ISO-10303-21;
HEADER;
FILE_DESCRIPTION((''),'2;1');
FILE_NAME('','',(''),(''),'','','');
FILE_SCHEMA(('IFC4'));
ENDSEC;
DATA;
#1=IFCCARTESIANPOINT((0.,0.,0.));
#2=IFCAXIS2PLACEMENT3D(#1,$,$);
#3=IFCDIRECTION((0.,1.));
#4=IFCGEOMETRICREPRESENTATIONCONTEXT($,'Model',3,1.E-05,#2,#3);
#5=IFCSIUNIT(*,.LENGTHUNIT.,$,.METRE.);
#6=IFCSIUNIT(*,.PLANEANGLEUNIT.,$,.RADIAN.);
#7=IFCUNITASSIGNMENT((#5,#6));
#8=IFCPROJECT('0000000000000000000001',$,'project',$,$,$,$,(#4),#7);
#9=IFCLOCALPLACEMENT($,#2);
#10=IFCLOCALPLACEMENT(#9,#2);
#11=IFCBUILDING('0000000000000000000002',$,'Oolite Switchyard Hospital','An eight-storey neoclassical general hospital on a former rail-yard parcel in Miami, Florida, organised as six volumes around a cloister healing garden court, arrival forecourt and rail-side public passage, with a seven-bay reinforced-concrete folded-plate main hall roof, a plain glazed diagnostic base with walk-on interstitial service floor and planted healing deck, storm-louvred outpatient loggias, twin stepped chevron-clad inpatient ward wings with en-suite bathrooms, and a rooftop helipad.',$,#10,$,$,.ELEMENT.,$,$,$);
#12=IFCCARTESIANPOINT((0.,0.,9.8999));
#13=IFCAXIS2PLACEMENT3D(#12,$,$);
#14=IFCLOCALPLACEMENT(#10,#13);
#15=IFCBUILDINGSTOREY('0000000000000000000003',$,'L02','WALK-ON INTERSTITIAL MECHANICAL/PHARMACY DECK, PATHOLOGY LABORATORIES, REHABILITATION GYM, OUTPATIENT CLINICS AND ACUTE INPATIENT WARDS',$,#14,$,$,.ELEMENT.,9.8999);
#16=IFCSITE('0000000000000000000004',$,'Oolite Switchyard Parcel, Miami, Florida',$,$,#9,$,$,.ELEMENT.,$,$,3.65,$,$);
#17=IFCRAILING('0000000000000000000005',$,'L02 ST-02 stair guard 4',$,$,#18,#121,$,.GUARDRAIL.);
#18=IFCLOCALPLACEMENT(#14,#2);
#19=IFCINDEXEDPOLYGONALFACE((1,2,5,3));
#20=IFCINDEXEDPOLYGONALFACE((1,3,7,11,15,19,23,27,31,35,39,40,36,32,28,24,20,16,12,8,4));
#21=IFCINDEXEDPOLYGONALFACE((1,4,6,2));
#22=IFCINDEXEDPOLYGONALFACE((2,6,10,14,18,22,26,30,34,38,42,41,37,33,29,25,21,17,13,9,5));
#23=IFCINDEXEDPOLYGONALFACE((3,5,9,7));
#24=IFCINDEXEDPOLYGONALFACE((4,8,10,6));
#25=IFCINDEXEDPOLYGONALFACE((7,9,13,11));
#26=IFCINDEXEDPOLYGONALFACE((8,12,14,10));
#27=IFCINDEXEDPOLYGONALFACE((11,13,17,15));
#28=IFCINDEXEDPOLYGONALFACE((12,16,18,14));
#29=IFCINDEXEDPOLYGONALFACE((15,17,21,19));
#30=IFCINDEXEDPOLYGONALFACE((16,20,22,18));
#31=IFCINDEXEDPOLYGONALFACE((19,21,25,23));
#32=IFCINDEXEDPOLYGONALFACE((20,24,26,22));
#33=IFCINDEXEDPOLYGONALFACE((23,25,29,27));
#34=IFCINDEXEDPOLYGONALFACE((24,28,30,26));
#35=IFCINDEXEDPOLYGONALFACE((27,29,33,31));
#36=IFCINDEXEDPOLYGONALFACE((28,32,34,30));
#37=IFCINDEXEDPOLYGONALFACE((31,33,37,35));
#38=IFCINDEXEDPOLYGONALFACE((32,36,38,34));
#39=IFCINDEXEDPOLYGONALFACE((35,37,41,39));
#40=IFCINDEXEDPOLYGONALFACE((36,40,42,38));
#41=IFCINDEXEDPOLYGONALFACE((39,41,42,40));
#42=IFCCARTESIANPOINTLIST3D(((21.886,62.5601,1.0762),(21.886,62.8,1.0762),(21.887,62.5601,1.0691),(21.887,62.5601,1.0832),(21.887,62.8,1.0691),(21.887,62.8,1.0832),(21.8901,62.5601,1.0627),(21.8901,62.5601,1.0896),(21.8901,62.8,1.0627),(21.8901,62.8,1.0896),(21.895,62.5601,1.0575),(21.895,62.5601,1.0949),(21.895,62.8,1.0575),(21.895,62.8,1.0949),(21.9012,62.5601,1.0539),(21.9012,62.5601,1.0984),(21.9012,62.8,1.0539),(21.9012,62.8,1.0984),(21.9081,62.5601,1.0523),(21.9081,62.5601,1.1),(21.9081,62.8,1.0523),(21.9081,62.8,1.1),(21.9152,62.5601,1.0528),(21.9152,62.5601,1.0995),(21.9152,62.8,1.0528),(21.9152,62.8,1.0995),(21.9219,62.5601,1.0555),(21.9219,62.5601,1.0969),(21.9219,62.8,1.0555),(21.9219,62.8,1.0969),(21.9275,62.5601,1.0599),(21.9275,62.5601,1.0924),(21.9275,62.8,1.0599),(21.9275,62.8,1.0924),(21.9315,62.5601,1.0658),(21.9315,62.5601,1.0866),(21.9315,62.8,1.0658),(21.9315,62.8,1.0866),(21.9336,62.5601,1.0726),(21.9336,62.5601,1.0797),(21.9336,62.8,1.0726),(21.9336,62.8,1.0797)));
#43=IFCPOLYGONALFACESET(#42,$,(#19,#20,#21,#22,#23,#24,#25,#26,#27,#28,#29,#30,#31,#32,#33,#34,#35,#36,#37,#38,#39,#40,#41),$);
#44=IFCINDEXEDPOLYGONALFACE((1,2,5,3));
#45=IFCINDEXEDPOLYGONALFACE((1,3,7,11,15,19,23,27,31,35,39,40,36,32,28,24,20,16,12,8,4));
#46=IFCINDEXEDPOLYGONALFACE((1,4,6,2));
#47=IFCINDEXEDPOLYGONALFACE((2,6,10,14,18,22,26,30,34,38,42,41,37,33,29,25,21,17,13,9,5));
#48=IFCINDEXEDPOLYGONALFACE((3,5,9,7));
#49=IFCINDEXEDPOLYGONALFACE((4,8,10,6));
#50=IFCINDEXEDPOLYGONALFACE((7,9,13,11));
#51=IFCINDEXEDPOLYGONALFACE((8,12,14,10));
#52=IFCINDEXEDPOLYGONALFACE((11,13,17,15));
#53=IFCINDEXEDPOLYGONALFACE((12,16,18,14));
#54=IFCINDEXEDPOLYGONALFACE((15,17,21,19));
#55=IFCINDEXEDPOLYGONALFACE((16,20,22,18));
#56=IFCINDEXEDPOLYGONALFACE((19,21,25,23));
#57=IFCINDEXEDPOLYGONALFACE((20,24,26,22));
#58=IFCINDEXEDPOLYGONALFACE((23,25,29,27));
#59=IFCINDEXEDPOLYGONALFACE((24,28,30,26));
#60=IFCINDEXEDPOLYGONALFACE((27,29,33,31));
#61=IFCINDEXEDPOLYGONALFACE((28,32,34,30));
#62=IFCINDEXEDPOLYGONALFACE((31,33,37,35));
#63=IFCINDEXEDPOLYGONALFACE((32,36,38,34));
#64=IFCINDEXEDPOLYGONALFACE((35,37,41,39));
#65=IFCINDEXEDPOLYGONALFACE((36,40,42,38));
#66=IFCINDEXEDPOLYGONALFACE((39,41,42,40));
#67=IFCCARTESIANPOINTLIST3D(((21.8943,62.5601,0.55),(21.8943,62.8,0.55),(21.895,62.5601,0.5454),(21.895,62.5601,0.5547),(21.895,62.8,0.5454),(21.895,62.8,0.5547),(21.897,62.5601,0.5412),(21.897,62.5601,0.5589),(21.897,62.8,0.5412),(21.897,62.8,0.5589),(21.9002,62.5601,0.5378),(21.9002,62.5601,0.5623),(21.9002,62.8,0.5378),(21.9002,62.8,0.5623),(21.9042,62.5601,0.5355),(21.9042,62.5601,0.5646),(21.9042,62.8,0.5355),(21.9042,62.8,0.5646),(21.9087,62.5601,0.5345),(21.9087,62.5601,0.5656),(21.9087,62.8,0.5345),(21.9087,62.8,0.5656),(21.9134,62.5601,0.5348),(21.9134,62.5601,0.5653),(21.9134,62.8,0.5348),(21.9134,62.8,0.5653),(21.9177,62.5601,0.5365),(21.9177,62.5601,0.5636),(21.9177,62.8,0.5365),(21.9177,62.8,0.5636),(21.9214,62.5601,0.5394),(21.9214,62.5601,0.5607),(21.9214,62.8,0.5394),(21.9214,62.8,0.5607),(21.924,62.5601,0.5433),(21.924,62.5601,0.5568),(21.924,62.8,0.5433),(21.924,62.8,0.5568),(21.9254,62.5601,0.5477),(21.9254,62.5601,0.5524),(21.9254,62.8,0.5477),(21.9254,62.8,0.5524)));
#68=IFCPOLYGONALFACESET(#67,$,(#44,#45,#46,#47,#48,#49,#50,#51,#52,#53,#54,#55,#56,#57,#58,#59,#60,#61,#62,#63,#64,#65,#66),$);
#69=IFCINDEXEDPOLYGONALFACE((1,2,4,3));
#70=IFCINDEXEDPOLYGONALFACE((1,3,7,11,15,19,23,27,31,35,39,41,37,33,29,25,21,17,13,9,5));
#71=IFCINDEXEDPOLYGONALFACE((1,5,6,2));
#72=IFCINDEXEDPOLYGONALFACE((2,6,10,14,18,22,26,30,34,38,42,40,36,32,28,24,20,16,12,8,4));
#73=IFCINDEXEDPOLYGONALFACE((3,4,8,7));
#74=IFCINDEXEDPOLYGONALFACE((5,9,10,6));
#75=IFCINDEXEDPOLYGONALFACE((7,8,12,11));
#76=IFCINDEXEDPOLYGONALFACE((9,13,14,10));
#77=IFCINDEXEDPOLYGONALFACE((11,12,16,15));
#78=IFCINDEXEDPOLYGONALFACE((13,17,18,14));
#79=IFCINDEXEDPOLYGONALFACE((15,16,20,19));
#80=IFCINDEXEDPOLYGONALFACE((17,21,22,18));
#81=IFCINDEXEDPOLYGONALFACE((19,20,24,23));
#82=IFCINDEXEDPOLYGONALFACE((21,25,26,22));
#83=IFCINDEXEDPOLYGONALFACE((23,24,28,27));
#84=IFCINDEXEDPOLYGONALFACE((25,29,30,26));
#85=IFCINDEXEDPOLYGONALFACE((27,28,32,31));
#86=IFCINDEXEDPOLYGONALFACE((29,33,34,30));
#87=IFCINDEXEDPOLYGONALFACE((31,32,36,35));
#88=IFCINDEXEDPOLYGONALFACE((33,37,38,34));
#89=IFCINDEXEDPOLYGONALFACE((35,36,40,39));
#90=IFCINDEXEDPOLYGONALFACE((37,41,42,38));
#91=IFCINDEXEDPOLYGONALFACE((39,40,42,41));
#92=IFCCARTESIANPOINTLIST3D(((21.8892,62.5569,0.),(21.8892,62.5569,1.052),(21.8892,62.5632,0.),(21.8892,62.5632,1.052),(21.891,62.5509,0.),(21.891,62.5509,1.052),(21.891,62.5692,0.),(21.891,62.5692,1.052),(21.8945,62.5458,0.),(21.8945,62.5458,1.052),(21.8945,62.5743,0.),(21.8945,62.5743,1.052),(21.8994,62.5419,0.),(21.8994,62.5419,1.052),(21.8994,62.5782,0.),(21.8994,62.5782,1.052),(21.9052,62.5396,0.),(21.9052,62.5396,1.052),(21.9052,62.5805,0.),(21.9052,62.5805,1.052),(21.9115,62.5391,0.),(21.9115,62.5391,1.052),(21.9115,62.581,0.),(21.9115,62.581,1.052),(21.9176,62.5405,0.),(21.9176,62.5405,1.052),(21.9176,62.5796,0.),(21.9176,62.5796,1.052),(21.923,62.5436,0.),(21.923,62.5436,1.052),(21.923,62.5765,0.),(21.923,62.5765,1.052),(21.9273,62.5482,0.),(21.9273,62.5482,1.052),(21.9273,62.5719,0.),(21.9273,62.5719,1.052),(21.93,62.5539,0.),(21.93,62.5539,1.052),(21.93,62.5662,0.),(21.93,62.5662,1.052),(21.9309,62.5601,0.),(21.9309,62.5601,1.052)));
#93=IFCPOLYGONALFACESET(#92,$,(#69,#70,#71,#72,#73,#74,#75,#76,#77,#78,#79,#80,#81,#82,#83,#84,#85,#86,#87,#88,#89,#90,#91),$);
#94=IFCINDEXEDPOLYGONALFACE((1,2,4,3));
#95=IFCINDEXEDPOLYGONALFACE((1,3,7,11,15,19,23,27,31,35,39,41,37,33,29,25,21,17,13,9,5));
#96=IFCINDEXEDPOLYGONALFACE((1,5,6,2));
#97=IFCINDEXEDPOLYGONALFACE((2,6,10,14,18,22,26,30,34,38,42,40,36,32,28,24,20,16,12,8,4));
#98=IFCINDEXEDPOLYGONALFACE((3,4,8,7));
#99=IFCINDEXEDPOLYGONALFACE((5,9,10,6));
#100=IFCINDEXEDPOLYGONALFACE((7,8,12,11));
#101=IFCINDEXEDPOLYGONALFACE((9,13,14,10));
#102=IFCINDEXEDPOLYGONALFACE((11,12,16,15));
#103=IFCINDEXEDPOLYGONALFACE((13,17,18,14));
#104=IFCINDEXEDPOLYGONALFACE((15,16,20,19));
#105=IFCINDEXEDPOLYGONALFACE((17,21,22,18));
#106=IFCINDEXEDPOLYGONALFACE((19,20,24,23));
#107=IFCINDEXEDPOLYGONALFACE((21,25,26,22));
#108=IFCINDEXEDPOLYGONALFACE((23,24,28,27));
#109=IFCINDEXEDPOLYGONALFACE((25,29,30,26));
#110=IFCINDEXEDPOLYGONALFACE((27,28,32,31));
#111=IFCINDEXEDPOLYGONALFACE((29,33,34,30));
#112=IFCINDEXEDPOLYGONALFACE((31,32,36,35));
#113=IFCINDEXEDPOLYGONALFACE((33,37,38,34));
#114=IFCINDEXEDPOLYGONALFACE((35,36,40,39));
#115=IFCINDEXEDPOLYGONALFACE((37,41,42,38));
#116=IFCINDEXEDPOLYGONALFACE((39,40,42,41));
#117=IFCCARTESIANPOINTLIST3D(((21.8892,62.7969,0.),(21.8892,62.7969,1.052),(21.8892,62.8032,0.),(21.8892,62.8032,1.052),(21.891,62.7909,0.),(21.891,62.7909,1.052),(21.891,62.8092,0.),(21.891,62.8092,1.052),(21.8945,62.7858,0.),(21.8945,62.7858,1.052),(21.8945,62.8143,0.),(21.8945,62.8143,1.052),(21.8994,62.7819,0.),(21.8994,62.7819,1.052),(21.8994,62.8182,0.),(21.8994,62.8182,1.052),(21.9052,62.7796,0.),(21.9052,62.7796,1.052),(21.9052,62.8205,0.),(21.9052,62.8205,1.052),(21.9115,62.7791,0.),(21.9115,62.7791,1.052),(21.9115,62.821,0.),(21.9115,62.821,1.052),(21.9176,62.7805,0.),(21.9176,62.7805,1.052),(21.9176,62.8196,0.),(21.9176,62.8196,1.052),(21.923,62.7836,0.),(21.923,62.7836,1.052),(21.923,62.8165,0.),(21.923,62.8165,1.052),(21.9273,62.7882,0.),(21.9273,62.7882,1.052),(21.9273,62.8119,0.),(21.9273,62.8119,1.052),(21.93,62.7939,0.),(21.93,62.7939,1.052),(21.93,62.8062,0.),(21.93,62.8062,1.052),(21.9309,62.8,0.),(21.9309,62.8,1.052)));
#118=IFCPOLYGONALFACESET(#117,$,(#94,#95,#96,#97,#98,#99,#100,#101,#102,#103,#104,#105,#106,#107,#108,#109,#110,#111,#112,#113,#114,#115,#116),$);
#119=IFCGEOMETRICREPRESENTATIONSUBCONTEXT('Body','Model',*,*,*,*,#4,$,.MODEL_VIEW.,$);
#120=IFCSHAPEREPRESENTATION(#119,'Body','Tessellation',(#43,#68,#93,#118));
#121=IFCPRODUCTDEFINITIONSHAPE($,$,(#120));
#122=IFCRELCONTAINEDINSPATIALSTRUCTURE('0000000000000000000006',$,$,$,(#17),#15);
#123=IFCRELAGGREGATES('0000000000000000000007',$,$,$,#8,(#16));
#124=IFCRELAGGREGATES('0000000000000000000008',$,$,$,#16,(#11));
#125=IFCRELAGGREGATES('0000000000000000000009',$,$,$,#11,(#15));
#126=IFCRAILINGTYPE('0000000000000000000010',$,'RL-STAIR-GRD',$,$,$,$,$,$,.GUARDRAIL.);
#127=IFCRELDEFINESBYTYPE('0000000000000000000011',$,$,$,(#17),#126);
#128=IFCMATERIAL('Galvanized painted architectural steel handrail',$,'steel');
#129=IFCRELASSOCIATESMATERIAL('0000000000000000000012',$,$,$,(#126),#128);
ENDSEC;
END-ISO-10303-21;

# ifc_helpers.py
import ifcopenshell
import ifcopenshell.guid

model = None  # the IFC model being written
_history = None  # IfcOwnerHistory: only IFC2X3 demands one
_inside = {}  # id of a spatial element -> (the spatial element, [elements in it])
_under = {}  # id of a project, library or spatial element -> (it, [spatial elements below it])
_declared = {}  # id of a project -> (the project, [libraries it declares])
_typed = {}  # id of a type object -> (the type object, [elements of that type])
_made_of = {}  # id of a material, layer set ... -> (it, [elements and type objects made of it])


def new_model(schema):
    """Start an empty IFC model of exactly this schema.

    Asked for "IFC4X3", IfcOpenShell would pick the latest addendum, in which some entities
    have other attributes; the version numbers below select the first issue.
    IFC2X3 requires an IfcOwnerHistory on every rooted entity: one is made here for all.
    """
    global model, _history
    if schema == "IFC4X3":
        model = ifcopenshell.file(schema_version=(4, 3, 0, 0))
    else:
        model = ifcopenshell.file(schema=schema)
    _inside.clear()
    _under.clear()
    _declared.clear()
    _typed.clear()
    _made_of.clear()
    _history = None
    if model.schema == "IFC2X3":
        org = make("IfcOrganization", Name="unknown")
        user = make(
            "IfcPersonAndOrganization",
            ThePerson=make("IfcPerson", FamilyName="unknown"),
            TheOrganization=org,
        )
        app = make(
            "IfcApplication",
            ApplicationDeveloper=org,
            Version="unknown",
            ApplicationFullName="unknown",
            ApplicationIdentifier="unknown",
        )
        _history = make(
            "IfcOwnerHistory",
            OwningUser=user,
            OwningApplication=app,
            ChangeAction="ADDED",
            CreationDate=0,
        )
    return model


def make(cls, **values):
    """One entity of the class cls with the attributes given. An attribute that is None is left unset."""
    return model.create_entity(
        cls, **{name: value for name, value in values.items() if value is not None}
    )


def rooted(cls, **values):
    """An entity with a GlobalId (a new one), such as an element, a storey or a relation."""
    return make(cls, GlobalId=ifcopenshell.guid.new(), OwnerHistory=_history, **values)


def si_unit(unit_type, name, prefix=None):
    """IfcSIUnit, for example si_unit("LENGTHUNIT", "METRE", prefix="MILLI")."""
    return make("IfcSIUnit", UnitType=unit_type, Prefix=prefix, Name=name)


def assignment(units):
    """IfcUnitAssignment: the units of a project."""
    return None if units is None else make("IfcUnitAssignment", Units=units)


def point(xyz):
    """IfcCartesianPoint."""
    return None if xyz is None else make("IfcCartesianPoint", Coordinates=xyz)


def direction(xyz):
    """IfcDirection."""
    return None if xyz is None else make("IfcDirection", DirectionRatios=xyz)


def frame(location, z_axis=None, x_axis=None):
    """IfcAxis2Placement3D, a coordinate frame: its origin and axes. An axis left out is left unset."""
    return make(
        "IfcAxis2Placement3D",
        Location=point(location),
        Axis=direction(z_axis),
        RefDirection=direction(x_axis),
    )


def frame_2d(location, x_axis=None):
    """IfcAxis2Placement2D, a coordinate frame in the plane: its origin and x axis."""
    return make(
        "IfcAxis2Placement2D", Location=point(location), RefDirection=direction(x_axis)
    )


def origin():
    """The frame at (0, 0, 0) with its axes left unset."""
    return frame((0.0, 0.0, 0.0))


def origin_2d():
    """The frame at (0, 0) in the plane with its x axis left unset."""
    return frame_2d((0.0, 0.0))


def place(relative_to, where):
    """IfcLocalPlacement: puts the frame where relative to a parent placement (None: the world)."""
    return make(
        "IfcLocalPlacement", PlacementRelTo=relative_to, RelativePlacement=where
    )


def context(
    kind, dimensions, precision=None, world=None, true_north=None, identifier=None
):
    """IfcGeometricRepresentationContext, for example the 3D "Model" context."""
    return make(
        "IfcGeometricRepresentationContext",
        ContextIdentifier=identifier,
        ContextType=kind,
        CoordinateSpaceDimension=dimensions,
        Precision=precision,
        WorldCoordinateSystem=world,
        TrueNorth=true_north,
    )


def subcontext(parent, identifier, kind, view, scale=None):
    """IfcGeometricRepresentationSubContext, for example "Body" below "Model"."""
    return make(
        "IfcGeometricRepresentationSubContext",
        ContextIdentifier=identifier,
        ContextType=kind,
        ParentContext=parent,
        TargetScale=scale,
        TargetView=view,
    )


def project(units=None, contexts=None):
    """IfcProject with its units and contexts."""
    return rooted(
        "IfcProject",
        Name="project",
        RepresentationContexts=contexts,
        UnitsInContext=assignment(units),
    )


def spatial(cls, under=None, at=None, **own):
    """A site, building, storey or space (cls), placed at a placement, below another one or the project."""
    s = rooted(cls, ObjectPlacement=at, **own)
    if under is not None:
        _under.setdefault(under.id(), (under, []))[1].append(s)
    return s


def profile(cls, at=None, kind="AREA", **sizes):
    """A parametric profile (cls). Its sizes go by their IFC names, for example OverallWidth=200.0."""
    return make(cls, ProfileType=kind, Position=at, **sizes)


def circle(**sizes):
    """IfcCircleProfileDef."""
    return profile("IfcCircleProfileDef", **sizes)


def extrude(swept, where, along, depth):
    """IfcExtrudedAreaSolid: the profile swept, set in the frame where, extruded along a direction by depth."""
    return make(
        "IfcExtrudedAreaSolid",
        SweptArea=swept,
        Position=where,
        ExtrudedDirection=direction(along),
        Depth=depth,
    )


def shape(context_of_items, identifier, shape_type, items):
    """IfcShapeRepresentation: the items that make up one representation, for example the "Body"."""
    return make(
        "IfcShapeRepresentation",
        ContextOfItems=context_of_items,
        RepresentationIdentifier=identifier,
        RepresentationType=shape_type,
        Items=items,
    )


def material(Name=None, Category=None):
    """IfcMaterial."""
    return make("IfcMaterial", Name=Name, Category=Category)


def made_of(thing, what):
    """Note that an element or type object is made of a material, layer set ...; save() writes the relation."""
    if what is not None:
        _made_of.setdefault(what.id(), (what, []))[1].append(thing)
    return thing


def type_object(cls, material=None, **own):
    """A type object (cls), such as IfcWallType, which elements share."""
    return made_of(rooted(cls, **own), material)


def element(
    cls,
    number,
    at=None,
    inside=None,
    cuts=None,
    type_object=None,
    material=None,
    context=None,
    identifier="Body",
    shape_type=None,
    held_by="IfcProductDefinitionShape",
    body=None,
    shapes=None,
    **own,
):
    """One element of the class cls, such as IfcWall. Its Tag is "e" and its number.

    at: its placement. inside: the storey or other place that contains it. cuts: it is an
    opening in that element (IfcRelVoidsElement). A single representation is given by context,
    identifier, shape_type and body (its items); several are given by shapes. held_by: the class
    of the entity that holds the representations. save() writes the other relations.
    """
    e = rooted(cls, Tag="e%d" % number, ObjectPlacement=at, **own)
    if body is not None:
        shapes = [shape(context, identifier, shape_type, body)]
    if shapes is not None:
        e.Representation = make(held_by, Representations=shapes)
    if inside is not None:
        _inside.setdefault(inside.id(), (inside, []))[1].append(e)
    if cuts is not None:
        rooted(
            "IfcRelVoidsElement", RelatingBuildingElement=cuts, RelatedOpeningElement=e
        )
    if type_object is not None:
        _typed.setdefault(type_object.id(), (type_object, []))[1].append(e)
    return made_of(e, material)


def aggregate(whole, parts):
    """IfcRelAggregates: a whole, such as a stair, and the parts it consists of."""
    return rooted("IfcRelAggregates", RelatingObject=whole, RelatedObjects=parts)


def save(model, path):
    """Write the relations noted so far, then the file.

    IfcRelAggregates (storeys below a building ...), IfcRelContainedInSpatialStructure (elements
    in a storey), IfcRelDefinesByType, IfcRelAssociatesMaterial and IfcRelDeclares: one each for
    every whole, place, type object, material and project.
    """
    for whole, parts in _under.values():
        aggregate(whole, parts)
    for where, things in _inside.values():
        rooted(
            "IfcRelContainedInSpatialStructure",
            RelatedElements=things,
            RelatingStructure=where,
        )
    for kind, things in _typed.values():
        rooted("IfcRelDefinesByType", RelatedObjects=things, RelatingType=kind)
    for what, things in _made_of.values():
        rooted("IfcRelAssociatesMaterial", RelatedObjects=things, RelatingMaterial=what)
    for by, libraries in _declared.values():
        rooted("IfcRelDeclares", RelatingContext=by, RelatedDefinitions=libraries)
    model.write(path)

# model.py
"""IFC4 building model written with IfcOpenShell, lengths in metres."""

from ifc_helpers import new_model, si_unit, direction, frame, origin, origin_2d, place, context, subcontext, project, spatial, circle, extrude, material, type_object, element, save


model = new_model("IFC4")

# Units and contexts
model_context = context("Model", 3, precision=1e-05, world=origin(), true_north=direction((0.0, 1.0)))
body_context = subcontext(model_context, "Body", "Model", "MODEL_VIEW")
ifc_project = project(units=[si_unit("LENGTHUNIT", "METRE"), si_unit("PLANEANGLEUNIT", "RADIAN")], contexts=[model_context])

# Site, building, storey
site_placement = place(None, origin())
site = spatial("IfcSite", under=ifc_project, at=site_placement, Name="Oolite Switchyard Parcel, Miami, Florida", CompositionType="ELEMENT", RefElevation=3.65)
building_placement = place(site_placement, origin())
building = spatial("IfcBuilding", under=site, at=building_placement, Name="Oolite Switchyard Hospital", Description="An eight-storey neoclassical general hospital on a former rail-yard parcel in Miami, Florida, organised as six volumes around a cloister healing garden court, arrival forecourt and rail-side public passage, with a seven-bay reinforced-concrete folded-plate main hall roof, a plain glazed diagnostic base with walk-on interstitial service floor and planted healing deck, storm-louvred outpatient loggias, twin stepped chevron-clad inpatient ward wings with en-suite bathrooms, and a rooftop helipad.", CompositionType="ELEMENT")
storey_placement = place(building_placement, frame((0.0, 0.0, 9.8999)))
storey = spatial("IfcBuildingStorey", under=building, at=storey_placement, Name="L02", Description="WALK-ON INTERSTITIAL MECHANICAL/PHARMACY DECK, PATHOLOGY LABORATORIES, REHABILITATION GYM, OUTPATIENT CLINICS AND ACUTE INPATIENT WARDS", CompositionType="ELEMENT", Elevation=9.8999)

# Railing
ifc_material_1 = material(Name="Galvanized painted architectural steel handrail", Category="steel")
railing_type_1 = type_object("IfcRailingType", Name="RL-STAIR-GRD", PredefinedType="GUARDRAIL", material=ifc_material_1)
railing_1_placement = place(storey_placement, frame((21.9099, 62.5601, 0.0)))
element("IfcRailing", 1, at=railing_1_placement, inside=storey, type_object=railing_type_1, Name="L02 ST-02 stair guard 4", PredefinedType="GUARDRAIL", context=body_context, shape_type="SweptSolid", body=[
    extrude(circle(Radius=0.0239, at=origin_2d()), frame((0.0, 0.0, 1.0762), z_axis=(0.0, 1.0, 0.0), x_axis=(-1.0, 0.0, 0.0)), (0.0, 0.0, 1.0), 0.24),
    extrude(circle(Radius=0.0156, at=origin_2d()), frame((0.0, 0.0, 0.55), z_axis=(0.0, 1.0, 0.0), x_axis=(-1.0, 0.0, 0.0)), (0.0, 0.0, 1.0), 0.24),
    extrude(circle(Radius=0.021, at=origin_2d()), origin(), (0.0, 0.0, 1.0), 1.052),
    extrude(circle(Radius=0.021, at=origin_2d()), frame((0.0, 0.24, 0.0)), (0.0, 0.0, 1.0), 1.052),
])

save(model, "model.ifc")
